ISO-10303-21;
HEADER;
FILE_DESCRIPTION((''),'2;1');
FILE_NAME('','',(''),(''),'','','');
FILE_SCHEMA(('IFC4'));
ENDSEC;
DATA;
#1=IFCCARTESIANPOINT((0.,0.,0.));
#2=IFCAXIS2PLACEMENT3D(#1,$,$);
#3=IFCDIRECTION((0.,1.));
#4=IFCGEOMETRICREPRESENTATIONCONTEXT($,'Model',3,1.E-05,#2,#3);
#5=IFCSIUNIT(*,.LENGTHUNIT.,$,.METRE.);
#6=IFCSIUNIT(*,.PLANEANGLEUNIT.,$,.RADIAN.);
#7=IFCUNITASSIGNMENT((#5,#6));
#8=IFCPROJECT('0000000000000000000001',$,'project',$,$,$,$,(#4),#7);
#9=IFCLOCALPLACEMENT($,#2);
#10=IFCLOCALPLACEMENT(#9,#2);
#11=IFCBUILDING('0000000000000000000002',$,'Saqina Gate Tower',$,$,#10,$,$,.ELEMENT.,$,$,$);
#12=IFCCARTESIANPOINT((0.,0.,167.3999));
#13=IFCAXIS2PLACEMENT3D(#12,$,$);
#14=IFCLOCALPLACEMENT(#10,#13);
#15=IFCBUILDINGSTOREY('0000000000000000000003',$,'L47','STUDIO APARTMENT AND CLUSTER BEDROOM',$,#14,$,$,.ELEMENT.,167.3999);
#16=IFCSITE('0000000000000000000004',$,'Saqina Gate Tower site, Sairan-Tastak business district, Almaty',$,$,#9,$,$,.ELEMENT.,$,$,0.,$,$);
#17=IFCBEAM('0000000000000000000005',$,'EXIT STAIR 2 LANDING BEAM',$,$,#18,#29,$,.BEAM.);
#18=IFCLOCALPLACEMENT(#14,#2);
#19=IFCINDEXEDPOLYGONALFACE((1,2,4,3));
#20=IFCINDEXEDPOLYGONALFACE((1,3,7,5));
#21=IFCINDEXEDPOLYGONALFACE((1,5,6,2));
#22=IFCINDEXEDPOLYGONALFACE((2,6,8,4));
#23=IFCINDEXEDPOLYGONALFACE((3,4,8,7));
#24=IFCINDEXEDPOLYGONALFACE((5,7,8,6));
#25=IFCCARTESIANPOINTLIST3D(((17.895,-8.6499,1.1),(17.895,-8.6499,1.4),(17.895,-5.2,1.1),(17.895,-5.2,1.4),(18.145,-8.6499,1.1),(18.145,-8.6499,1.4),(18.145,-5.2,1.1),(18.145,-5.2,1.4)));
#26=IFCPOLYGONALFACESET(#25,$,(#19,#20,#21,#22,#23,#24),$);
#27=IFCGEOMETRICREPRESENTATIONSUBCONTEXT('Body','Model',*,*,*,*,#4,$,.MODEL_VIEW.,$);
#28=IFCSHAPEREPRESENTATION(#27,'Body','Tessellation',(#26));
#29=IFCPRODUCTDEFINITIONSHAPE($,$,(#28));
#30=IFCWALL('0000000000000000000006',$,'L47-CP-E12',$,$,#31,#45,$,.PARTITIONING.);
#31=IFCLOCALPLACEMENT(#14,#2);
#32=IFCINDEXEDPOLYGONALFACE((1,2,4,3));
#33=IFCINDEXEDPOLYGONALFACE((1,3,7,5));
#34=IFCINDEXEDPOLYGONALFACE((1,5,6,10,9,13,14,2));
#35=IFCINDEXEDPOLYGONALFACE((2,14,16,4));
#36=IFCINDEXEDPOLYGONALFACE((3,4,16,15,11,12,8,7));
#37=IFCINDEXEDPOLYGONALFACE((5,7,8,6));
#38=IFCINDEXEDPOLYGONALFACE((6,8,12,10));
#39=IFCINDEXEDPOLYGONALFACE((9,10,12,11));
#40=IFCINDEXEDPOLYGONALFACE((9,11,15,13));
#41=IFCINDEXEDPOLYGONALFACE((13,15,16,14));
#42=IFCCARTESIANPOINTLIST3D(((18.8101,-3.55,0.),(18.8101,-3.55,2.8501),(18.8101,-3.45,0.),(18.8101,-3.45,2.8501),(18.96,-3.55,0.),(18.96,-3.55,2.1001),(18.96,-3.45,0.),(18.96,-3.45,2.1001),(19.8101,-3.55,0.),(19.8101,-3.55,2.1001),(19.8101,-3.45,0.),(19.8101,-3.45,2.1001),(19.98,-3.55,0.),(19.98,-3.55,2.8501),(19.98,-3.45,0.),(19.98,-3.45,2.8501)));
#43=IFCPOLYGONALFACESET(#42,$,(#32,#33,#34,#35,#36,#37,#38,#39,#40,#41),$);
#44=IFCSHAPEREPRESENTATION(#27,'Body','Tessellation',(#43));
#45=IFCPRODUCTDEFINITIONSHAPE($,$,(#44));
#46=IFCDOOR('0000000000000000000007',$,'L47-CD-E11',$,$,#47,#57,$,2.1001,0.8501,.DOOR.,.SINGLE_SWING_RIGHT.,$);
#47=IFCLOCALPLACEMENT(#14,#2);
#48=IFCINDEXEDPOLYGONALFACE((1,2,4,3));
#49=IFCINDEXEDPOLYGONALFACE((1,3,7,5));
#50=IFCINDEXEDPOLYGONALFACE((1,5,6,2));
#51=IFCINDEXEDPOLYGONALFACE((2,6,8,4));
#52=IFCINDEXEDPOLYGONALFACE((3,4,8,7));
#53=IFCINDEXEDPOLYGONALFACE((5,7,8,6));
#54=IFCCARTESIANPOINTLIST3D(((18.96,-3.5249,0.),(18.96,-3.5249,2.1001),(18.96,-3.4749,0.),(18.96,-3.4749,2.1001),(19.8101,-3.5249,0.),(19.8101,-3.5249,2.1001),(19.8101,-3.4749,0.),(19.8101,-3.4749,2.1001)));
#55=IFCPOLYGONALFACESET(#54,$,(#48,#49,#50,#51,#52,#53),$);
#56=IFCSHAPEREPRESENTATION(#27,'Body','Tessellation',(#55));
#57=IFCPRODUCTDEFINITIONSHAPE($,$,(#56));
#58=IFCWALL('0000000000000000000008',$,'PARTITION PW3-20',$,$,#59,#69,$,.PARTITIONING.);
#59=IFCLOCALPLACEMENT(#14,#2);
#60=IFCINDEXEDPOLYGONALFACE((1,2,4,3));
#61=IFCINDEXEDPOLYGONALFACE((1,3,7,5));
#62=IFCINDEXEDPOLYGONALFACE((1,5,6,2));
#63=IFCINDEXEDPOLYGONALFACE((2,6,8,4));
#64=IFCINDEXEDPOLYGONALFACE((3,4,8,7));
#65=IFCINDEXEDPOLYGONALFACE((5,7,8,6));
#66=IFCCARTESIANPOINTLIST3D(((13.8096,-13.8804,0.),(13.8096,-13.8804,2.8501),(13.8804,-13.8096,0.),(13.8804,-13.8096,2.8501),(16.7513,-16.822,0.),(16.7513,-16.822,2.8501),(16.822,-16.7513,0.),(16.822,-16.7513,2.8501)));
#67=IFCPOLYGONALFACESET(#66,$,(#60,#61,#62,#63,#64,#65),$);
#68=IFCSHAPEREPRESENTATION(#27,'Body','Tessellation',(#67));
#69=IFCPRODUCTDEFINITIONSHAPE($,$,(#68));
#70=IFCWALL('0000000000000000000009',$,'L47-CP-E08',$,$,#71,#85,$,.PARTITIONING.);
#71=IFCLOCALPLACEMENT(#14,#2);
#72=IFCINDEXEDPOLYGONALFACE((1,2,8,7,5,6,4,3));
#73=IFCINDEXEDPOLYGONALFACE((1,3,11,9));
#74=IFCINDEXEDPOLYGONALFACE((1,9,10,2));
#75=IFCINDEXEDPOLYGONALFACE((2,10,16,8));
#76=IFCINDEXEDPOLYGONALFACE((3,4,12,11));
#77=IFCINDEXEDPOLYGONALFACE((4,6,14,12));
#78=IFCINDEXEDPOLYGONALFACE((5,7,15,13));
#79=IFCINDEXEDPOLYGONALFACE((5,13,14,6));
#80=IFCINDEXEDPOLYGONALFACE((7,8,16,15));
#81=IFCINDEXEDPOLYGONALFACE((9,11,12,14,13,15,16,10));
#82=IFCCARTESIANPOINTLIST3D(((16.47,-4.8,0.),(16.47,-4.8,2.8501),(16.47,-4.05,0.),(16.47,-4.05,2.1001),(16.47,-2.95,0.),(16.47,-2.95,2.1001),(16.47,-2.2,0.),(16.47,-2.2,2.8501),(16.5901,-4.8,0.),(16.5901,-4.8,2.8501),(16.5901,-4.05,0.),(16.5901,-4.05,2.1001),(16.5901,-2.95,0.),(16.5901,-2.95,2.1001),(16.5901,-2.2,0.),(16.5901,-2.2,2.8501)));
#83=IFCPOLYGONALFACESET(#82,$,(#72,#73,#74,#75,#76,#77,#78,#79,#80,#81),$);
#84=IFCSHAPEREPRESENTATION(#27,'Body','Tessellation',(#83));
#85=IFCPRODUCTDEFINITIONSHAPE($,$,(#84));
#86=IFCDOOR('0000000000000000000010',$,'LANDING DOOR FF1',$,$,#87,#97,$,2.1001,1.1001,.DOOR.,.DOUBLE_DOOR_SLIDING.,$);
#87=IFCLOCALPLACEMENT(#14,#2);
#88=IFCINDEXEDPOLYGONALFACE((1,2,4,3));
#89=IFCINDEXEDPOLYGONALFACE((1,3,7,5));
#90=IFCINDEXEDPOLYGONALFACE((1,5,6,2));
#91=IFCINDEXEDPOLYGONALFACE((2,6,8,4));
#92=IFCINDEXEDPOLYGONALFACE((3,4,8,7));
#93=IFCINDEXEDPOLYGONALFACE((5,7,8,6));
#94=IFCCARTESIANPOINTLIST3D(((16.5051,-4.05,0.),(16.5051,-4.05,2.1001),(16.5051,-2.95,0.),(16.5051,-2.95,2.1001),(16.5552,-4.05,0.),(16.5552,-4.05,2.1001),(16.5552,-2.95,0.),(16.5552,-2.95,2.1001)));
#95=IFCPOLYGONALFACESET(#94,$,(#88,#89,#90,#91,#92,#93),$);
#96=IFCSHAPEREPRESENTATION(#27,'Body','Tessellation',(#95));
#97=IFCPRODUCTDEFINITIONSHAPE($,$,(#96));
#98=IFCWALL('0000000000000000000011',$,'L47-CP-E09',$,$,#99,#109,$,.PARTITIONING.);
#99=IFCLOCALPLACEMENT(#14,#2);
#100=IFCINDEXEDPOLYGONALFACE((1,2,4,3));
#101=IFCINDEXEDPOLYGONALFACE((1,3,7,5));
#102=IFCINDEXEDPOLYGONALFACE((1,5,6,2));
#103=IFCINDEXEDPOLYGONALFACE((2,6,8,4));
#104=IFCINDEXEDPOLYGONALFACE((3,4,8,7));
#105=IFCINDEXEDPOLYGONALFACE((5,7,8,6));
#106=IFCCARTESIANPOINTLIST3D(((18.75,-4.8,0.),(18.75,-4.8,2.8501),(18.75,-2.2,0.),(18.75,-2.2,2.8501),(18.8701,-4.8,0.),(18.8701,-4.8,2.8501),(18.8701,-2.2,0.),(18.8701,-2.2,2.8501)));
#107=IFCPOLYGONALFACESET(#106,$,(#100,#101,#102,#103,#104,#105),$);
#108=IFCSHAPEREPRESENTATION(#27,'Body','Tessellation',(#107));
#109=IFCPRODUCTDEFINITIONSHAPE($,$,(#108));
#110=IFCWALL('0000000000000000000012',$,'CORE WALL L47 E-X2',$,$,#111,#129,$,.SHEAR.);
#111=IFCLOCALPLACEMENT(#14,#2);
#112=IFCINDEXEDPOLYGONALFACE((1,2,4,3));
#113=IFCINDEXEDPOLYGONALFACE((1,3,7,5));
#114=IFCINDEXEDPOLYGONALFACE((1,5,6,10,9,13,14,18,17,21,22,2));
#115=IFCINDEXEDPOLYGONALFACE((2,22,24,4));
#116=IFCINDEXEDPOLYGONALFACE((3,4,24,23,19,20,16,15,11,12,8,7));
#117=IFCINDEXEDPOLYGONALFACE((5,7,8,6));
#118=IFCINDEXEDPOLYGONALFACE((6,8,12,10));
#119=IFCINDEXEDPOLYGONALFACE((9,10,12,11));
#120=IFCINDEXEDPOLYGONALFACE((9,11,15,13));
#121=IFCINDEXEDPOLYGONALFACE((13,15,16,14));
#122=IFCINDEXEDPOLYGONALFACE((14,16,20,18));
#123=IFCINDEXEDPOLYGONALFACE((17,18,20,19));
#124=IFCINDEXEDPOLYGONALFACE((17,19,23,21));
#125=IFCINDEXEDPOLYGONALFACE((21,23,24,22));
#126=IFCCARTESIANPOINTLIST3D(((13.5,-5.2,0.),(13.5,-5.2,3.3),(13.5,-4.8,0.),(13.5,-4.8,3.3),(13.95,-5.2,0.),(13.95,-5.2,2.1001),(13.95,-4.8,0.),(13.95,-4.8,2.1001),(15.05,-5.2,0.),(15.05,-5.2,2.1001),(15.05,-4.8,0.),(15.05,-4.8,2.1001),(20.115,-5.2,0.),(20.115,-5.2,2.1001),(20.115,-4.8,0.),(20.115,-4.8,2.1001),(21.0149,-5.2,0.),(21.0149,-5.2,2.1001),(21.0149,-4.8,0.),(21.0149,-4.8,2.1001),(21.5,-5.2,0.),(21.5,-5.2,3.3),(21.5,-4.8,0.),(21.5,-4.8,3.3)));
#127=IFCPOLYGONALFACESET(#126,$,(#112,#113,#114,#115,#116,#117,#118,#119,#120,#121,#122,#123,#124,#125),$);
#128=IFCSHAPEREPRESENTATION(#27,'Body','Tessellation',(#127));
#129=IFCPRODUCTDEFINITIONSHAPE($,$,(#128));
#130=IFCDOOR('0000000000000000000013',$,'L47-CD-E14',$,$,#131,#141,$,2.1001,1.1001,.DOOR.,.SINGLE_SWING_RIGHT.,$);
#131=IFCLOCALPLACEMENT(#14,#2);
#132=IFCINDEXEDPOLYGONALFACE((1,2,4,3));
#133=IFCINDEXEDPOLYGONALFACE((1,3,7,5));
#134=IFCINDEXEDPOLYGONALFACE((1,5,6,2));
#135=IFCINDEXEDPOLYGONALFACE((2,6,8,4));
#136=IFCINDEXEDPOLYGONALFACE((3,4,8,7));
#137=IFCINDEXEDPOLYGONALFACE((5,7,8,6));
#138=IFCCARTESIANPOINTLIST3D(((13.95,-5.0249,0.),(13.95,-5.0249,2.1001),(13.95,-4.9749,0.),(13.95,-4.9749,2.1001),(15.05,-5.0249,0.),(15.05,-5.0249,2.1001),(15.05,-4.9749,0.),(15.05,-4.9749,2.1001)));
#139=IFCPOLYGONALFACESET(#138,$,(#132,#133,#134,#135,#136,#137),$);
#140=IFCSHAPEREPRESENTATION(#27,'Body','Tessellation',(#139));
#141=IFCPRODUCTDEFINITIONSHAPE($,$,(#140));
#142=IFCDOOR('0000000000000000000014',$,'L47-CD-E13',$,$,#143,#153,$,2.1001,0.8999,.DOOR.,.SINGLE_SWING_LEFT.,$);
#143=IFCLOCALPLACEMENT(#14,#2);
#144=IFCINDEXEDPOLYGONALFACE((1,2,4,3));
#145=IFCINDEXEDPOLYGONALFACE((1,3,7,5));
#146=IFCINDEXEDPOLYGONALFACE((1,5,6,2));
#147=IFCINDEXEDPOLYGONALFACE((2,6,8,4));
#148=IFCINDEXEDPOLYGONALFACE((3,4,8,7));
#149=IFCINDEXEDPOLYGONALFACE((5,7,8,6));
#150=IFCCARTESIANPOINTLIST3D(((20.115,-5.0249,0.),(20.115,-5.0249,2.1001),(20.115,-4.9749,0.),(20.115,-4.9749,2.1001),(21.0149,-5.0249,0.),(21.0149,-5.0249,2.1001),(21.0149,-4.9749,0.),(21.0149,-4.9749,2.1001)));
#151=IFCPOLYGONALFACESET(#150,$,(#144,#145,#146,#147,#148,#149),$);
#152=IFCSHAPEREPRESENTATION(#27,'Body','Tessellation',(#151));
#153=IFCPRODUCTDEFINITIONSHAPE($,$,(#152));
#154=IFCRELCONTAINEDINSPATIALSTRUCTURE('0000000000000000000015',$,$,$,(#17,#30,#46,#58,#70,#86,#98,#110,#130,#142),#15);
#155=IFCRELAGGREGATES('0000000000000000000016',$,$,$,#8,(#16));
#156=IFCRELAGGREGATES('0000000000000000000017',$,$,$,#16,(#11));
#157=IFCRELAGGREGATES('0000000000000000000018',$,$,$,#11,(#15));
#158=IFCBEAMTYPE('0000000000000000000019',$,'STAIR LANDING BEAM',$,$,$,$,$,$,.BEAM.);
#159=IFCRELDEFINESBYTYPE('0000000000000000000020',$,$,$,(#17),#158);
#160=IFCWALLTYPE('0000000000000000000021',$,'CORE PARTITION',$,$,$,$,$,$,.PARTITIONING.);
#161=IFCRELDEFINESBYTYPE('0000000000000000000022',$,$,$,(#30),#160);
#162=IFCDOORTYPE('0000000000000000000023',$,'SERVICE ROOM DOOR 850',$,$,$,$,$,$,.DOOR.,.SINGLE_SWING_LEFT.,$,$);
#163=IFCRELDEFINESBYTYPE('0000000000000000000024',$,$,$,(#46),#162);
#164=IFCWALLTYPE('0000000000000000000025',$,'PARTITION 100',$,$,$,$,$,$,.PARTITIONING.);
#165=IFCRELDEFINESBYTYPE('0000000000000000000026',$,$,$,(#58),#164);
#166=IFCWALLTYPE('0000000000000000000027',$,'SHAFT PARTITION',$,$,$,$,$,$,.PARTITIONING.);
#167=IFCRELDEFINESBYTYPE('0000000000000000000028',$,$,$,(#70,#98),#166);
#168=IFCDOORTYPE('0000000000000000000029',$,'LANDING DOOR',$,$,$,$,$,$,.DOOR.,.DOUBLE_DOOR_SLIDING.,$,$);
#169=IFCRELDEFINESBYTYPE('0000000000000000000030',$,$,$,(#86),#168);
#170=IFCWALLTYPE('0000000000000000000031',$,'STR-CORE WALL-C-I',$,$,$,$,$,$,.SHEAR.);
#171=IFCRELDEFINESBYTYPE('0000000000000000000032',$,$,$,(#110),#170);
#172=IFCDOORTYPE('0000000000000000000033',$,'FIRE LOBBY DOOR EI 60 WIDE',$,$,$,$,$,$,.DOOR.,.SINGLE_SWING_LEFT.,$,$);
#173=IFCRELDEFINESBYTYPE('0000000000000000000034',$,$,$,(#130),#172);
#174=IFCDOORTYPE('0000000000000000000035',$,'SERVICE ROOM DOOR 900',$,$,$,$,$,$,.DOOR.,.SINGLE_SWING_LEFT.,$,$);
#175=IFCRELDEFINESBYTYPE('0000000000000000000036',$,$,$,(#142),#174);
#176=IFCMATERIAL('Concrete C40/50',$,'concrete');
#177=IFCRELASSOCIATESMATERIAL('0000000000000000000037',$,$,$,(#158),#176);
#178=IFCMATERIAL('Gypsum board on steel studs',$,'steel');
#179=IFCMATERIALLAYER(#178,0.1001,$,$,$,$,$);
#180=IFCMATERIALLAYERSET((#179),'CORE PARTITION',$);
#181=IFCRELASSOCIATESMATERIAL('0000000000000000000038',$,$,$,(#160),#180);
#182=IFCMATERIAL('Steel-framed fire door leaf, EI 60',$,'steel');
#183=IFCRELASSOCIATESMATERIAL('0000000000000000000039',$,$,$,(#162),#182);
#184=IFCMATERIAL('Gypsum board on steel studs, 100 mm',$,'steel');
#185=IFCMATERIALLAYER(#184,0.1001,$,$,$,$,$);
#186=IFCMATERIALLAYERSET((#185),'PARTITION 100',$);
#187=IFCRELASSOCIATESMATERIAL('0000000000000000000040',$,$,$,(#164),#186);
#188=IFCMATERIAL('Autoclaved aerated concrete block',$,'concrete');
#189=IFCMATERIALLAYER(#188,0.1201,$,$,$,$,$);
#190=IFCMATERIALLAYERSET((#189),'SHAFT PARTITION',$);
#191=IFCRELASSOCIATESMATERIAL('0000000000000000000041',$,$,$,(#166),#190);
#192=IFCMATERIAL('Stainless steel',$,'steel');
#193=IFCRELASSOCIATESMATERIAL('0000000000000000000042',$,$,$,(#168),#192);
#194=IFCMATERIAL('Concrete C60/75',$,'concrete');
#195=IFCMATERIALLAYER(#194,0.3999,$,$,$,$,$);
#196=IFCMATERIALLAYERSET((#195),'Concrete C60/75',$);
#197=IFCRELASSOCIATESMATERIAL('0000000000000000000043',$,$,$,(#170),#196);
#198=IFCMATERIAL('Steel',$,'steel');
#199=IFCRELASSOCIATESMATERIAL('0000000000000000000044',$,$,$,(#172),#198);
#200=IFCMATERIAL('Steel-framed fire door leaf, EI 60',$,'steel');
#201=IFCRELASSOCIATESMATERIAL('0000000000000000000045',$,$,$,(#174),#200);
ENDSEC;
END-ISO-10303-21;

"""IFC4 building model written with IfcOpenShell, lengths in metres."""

from ifc_helpers import new_model, si_unit, direction, frame, frame_2d, origin, origin_2d, place, context, subcontext, project, spatial, rectangle, extrude, material, layer, layer_set, material_profile, profile_set, type_object, element, fill, save


model = new_model("IFC4")

# Units and contexts
model_context = context("Model", 3, precision=1e-05, world=origin(), true_north=direction((0.0, 1.0)))
body_context = subcontext(model_context, "Body", "Model", "MODEL_VIEW")
ifc_project = project(units=[si_unit("LENGTHUNIT", "METRE"), si_unit("PLANEANGLEUNIT", "RADIAN")], contexts=[model_context])

# Site, building, storey
site_placement = place(None, origin())
site = spatial("IfcSite", under=ifc_project, at=site_placement, Name="Saqina Gate Tower site, Sairan-Tastak business district, Almaty", CompositionType="ELEMENT", RefElevation=0.0)
building_placement = place(site_placement, origin())
building = spatial("IfcBuilding", under=site, at=building_placement, Name="Saqina Gate Tower", CompositionType="ELEMENT")
storey_placement = place(building_placement, frame((0.0, 0.0, 167.3999)))
storey = spatial("IfcBuildingStorey", under=building, at=storey_placement, Name="L47", Description="STUDIO APARTMENT AND CLUSTER BEDROOM", CompositionType="ELEMENT", Elevation=167.3999)

# Beam
ifc_material_1 = material(Name="Concrete C40/50", Category="concrete")
ifc_material_profile = material_profile(ifc_material_1, rectangle(XDim=0.25, YDim=0.3, at=origin_2d()), Name="STAIR LANDING BEAM")
ifc_profile_set = profile_set([ifc_material_profile], Name="Concrete C40/50")
beam_type = type_object("IfcBeamType", Name="STAIR LANDING BEAM", PredefinedType="BEAM", material=ifc_profile_set)
beam_placement = place(storey_placement, frame((18.02, -8.6499, 1.25), z_axis=(0.0, 1.0, 0.0), x_axis=(-1.0, 0.0, 0.0)))
element("IfcBeam", 1, at=beam_placement, inside=storey, type_object=beam_type, Name="EXIT STAIR 2 LANDING BEAM", PredefinedType="BEAM", context=body_context, shape_type="SweptSolid", body=[
    extrude(rectangle(XDim=0.25, YDim=0.3, at=origin_2d()), origin(), (0.0, 0.0, 1.0), 3.45),
])

# Wall, opening, door
ifc_material_2 = material(Name="Gypsum board on steel studs", Category="steel")
ifc_layer_1 = layer(ifc_material_2, 0.1001)
ifc_layer_set_1 = layer_set([ifc_layer_1], Name="CORE PARTITION")
wall_type_1 = type_object("IfcWallType", Name="CORE PARTITION", PredefinedType="PARTITIONING", material=ifc_layer_set_1)
wall_1_placement = place(storey_placement, frame((18.8101, -3.5, 0.0), z_axis=(0.0, 0.0, 1.0), x_axis=(1.0, 0.0, 0.0)))
wall_1 = element("IfcWall", 2, at=wall_1_placement, inside=storey, type_object=wall_type_1, Name="L47-CP-E12", PredefinedType="PARTITIONING", context=body_context, shape_type="SweptSolid", body=[
    extrude(rectangle(XDim=1.1699, YDim=0.1001, at=frame_2d((0.585, 0.0))), origin(), (0.0, 0.0, 1.0), 2.8501),
])
opening_1_placement = place(wall_1_placement, frame((0.1499, 0.0, 0.0)))
opening_1 = element("IfcOpeningElement", 3, at=opening_1_placement, cuts=wall_1, PredefinedType="OPENING", context=body_context, shape_type="SweptSolid", body=[
    extrude(rectangle(XDim=0.8501, YDim=2.1001, at=frame_2d((0.425, 1.05))), frame((0.0, 0.062, 0.0), z_axis=(0.0, -1.0, 0.0), x_axis=(1.0, 0.0, 0.0)), (0.0, 0.0, 1.0), 0.124),
])
ifc_material_3 = material(Name="Steel-framed fire door leaf, EI 60", Category="steel")
door_type_1 = type_object("IfcDoorType", Name="SERVICE ROOM DOOR 850", OperationType="SINGLE_SWING_LEFT", PredefinedType="DOOR", material=ifc_material_3)
door_1_placement = place(opening_1_placement, frame((0.8501, 0.0, 0.0), z_axis=(0.0, 0.0, 1.0), x_axis=(-1.0, 0.0, 0.0)))
door_1 = element("IfcDoor", 4, at=door_1_placement, inside=storey, type_object=door_type_1, Name="L47-CD-E11", OperationType="SINGLE_SWING_RIGHT", OverallHeight=2.1001, OverallWidth=0.8501, PredefinedType="DOOR", context=body_context, shape_type="SweptSolid", body=[
    extrude(rectangle(XDim=0.8501, YDim=2.1001, at=frame_2d((0.425, 1.05))), frame((0.0, 0.0249, 0.0), z_axis=(0.0, -1.0, 0.0), x_axis=(1.0, 0.0, 0.0)), (0.0, 0.0, 1.0), 0.05),
])
fill(opening_1, door_1)

# Wall
ifc_material_4 = material(Name="Gypsum board on steel studs, 100 mm", Category="steel")
ifc_layer_2 = layer(ifc_material_4, 0.1001)
ifc_layer_set_2 = layer_set([ifc_layer_2], Name="PARTITION 100")
wall_type_2 = type_object("IfcWallType", Name="PARTITION 100", PredefinedType="PARTITIONING", material=ifc_layer_set_2)
wall_2_placement = place(storey_placement, frame((13.845, -13.845, 0.0), z_axis=(0.0, 0.0, 1.0), x_axis=(0.707107, -0.707107, 0.0)))
element("IfcWall", 5, at=wall_2_placement, inside=storey, type_object=wall_type_2, Name="PARTITION PW3-20", PredefinedType="PARTITIONING", context=body_context, shape_type="SweptSolid", body=[
    extrude(rectangle(XDim=4.1602, YDim=0.1001, at=frame_2d((2.0801, 0.0))), origin(), (0.0, 0.0, 1.0), 2.8501),
])

# Wall, opening, door
ifc_material_5 = material(Name="Autoclaved aerated concrete block", Category="concrete")
ifc_layer_3 = layer(ifc_material_5, 0.1201)
ifc_layer_set_3 = layer_set([ifc_layer_3], Name="SHAFT PARTITION")
wall_type_3 = type_object("IfcWallType", Name="SHAFT PARTITION", PredefinedType="PARTITIONING", material=ifc_layer_set_3)
wall_3_placement = place(storey_placement, frame((16.53, -4.8, 0.0), z_axis=(0.0, 0.0, 1.0), x_axis=(0.0, 1.0, 0.0)))
wall_3 = element("IfcWall", 6, at=wall_3_placement, inside=storey, type_object=wall_type_3, Name="L47-CP-E08", PredefinedType="PARTITIONING", context=body_context, shape_type="SweptSolid", body=[
    extrude(rectangle(XDim=2.6001, YDim=0.1201, at=frame_2d((1.3, 0.0))), origin(), (0.0, 0.0, 1.0), 2.8501),
])
opening_2_placement = place(wall_3_placement, frame((0.75, 0.0, 0.0)))
opening_2 = element("IfcOpeningElement", 7, at=opening_2_placement, cuts=wall_3, PredefinedType="OPENING", context=body_context, shape_type="SweptSolid", body=[
    extrude(rectangle(XDim=1.1001, YDim=2.1001, at=frame_2d((0.55, 1.05))), frame((0.0, 0.072, 0.0), z_axis=(0.0, -1.0, 0.0), x_axis=(1.0, 0.0, 0.0)), (0.0, 0.0, 1.0), 0.144),
])
ifc_material_6 = material(Name="Stainless steel", Category="steel")
door_type_2 = type_object("IfcDoorType", Name="LANDING DOOR", OperationType="DOUBLE_DOOR_SLIDING", PredefinedType="DOOR", material=ifc_material_6)
door_2_placement = place(opening_2_placement, origin())
door_2 = element("IfcDoor", 8, at=door_2_placement, inside=storey, type_object=door_type_2, Name="LANDING DOOR FF1", OperationType="DOUBLE_DOOR_SLIDING", OverallHeight=2.1001, OverallWidth=1.1001, PredefinedType="DOOR", context=body_context, shape_type="SweptSolid", body=[
    extrude(rectangle(XDim=1.1001, YDim=2.1001, at=frame_2d((0.55, 1.05))), frame((0.0, 0.0249, 0.0), z_axis=(0.0, -1.0, 0.0), x_axis=(1.0, 0.0, 0.0)), (0.0, 0.0, 1.0), 0.05),
])
fill(opening_2, door_2)

# Wall
wall_4_placement = place(storey_placement, frame((18.8101, -4.8, 0.0), z_axis=(0.0, 0.0, 1.0), x_axis=(0.0, 1.0, 0.0)))
element("IfcWall", 9, at=wall_4_placement, inside=storey, type_object=wall_type_3, Name="L47-CP-E09", PredefinedType="PARTITIONING", context=body_context, shape_type="SweptSolid", body=[
    extrude(rectangle(XDim=2.6001, YDim=0.1201, at=frame_2d((1.3, 0.0))), origin(), (0.0, 0.0, 1.0), 2.8501),
])

# Wall, openings, doors
ifc_material_7 = material(Name="Concrete C60/75", Category="concrete")
ifc_layer_4 = layer(ifc_material_7, 0.3999)
ifc_layer_set_4 = layer_set([ifc_layer_4], Name="Concrete C60/75")
wall_type_4 = type_object("IfcWallType", Name="STR-CORE WALL-C-I", PredefinedType="SHEAR", material=ifc_layer_set_4)
wall_5_placement = place(storey_placement, frame((13.5, -5.0, 0.0), z_axis=(0.0, 0.0, 1.0), x_axis=(1.0, 0.0, 0.0)))
wall_5 = element("IfcWall", 10, at=wall_5_placement, inside=storey, type_object=wall_type_4, Name="CORE WALL L47 E-X2", PredefinedType="SHEAR", context=body_context, shape_type="SweptSolid", body=[
    extrude(rectangle(XDim=8.0, YDim=0.3999, at=frame_2d((4.0, 0.0))), origin(), (0.0, 0.0, 1.0), 3.3),
])
opening_3_placement = place(wall_5_placement, frame((6.615, 0.0, 0.0)))
opening_3 = element("IfcOpeningElement", 11, at=opening_3_placement, cuts=wall_5, PredefinedType="OPENING", context=body_context, shape_type="SweptSolid", body=[
    extrude(rectangle(XDim=0.8999, YDim=2.1001, at=frame_2d((0.45, 1.05))), frame((0.0, 0.2119, 0.0), z_axis=(0.0, -1.0, 0.0), x_axis=(1.0, 0.0, 0.0)), (0.0, 0.0, 1.0), 0.4238),
])
opening_4_placement = place(wall_5_placement, frame((0.45, 0.0, 0.0)))
opening_4 = element("IfcOpeningElement", 12, at=opening_4_placement, cuts=wall_5, PredefinedType="OPENING", context=body_context, shape_type="SweptSolid", body=[
    extrude(rectangle(XDim=1.1001, YDim=2.1001, at=frame_2d((0.55, 1.05))), frame((0.0, 0.2119, 0.0), z_axis=(0.0, -1.0, 0.0), x_axis=(1.0, 0.0, 0.0)), (0.0, 0.0, 1.0), 0.4238),
])
ifc_material_8 = material(Name="Steel", Category="steel")
door_type_3 = type_object("IfcDoorType", Name="FIRE LOBBY DOOR EI 60 WIDE", OperationType="SINGLE_SWING_LEFT", PredefinedType="DOOR", material=ifc_material_8)
door_3_placement = place(opening_4_placement, frame((1.1001, 0.0, 0.0), z_axis=(0.0, 0.0, 1.0), x_axis=(-1.0, 0.0, 0.0)))
door_3 = element("IfcDoor", 13, at=door_3_placement, inside=storey, type_object=door_type_3, Name="L47-CD-E14", OperationType="SINGLE_SWING_RIGHT", OverallHeight=2.1001, OverallWidth=1.1001, PredefinedType="DOOR", context=body_context, shape_type="SweptSolid", body=[
    extrude(rectangle(XDim=1.1001, YDim=2.1001, at=frame_2d((0.55, 1.05))), frame((0.0, 0.0249, 0.0), z_axis=(0.0, -1.0, 0.0), x_axis=(1.0, 0.0, 0.0)), (0.0, 0.0, 1.0), 0.05),
])
fill(opening_4, door_3)
ifc_material_9 = material(Name="Steel-framed fire door leaf, EI 60", Category="steel")
door_type_4 = type_object("IfcDoorType", Name="SERVICE ROOM DOOR 900", OperationType="SINGLE_SWING_LEFT", PredefinedType="DOOR", material=ifc_material_9)
door_4_placement = place(opening_3_placement, frame((0.8999, 0.0, 0.0), z_axis=(0.0, 0.0, 1.0), x_axis=(-1.0, 0.0, 0.0)))
door_4 = element("IfcDoor", 14, at=door_4_placement, inside=storey, type_object=door_type_4, Name="L47-CD-E13", OperationType="SINGLE_SWING_LEFT", OverallHeight=2.1001, OverallWidth=0.8999, PredefinedType="DOOR", context=body_context, shape_type="SweptSolid", body=[
    extrude(rectangle(XDim=0.8999, YDim=2.1001, at=frame_2d((0.45, 1.05))), frame((0.0, 0.0249, 0.0), z_axis=(0.0, -1.0, 0.0), x_axis=(1.0, 0.0, 0.0)), (0.0, 0.0, 1.0), 0.05),
])
fill(opening_3, door_4)

save(model, "model.ifc")
